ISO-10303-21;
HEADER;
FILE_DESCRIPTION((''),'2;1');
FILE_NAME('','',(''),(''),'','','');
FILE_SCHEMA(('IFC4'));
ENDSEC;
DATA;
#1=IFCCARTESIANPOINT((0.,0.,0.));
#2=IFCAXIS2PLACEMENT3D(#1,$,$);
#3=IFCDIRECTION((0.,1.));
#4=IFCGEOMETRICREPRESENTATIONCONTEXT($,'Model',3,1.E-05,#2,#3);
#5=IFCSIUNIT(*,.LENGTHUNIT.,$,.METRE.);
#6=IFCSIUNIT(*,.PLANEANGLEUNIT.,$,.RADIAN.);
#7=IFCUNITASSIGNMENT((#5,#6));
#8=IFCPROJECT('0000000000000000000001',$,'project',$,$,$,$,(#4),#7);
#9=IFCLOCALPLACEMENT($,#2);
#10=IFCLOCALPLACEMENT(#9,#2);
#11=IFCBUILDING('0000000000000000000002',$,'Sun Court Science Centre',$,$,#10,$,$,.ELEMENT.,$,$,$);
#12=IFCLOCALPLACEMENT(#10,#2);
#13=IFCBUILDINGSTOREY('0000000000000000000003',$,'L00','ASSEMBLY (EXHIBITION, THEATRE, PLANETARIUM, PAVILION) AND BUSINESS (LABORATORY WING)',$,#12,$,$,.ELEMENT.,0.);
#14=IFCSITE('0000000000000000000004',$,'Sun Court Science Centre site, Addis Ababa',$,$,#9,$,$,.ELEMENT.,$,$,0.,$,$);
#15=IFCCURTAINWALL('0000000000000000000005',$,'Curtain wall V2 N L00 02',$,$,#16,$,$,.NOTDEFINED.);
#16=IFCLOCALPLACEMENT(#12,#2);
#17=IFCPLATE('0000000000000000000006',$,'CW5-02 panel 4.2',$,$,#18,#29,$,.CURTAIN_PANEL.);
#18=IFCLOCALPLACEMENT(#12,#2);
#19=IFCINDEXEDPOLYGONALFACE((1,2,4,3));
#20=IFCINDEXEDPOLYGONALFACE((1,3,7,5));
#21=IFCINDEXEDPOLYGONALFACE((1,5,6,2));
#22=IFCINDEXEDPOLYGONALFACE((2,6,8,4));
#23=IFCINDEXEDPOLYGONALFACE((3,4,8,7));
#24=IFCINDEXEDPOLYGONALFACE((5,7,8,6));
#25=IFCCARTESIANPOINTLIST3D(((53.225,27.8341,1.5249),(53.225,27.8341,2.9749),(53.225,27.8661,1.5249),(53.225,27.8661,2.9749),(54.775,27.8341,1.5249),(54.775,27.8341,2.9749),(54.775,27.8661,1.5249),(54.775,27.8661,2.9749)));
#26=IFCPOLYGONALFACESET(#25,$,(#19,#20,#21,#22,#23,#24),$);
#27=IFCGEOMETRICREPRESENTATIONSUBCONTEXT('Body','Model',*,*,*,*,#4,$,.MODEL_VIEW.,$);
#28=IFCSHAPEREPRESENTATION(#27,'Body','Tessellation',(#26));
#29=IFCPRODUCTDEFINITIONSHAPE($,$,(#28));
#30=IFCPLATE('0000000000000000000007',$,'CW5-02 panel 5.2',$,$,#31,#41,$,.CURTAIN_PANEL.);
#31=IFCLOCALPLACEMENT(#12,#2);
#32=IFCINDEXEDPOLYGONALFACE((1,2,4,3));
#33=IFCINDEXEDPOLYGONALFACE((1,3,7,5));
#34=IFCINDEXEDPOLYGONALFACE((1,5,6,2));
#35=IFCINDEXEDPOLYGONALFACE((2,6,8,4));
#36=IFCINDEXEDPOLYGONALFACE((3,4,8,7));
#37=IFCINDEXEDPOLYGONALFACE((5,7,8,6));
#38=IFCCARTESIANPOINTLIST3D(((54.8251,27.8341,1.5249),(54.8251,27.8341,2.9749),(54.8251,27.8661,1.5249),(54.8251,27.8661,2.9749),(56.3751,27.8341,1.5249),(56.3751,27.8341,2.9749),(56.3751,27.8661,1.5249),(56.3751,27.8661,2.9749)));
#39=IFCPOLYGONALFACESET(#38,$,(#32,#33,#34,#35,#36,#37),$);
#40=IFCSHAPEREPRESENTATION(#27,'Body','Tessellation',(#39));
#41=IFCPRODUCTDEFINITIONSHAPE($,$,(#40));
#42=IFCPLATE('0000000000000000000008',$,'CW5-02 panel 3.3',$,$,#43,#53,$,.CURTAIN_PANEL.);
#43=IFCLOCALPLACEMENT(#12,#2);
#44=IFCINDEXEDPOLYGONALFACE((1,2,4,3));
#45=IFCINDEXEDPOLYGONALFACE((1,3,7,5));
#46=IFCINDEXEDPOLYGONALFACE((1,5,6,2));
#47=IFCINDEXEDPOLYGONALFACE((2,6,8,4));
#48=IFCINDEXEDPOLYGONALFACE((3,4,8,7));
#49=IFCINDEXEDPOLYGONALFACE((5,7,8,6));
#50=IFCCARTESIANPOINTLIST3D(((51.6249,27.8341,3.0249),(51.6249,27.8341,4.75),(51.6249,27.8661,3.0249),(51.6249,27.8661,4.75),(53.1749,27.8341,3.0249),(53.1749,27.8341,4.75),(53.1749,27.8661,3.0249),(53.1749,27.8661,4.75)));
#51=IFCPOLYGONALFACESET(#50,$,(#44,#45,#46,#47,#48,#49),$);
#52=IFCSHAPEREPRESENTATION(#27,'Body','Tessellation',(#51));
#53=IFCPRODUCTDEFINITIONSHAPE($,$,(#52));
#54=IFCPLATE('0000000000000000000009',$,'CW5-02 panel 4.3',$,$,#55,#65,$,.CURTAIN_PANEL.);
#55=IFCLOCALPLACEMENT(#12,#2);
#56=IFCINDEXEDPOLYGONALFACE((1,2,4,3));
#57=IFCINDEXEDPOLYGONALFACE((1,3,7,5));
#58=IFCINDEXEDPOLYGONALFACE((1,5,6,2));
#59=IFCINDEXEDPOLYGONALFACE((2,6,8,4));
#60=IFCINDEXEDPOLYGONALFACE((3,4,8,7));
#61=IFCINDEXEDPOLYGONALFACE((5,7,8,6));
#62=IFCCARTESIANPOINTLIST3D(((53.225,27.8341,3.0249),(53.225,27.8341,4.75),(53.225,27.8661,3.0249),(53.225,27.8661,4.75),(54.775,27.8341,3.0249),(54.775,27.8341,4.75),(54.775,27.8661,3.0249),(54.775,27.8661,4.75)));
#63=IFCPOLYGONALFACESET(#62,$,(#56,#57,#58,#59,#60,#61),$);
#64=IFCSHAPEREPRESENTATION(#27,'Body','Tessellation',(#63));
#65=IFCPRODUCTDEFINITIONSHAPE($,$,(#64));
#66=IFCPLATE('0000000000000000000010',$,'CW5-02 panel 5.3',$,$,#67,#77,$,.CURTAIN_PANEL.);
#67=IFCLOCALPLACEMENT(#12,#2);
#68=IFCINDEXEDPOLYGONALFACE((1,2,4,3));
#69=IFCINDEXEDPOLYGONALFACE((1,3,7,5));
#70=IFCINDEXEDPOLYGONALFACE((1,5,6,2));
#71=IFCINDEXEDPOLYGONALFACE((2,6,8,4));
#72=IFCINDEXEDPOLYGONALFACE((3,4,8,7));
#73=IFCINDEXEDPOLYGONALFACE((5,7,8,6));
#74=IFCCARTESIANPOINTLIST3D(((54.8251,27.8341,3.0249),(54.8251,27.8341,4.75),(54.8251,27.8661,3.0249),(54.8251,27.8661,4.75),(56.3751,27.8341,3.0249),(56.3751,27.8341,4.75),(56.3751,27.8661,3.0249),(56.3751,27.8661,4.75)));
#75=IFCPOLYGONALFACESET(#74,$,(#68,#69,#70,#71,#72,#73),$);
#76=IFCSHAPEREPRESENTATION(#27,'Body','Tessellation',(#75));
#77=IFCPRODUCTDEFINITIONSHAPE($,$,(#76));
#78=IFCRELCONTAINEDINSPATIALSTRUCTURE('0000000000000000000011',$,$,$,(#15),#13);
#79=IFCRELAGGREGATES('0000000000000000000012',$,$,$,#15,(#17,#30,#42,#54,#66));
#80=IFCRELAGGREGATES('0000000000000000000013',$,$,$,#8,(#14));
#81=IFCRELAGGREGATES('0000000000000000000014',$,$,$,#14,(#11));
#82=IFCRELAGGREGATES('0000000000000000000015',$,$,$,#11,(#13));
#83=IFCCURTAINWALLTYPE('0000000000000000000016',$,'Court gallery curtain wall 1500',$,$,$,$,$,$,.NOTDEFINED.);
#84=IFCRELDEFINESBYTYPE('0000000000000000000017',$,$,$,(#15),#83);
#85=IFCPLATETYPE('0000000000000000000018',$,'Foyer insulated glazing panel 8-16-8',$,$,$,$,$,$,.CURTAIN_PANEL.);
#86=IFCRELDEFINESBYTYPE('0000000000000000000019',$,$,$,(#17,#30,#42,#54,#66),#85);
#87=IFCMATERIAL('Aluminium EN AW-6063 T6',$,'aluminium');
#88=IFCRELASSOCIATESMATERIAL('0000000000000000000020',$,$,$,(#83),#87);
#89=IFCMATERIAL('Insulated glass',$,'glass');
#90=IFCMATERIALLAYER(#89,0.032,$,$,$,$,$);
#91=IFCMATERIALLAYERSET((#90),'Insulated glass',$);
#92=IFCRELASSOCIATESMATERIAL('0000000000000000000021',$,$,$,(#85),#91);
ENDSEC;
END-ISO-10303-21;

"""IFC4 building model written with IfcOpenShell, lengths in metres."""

from ifc_helpers import new_model, si_unit, direction, frame, origin, origin_2d, place, context, subcontext, project, spatial, rectangle, extrude, material, layer, layer_set, type_object, element, aggregate, save


model = new_model("IFC4")

# Units and contexts
model_context = context("Model", 3, precision=1e-05, world=origin(), true_north=direction((0.0, 1.0)))
body_context = subcontext(model_context, "Body", "Model", "MODEL_VIEW")
ifc_project = project(units=[si_unit("LENGTHUNIT", "METRE"), si_unit("PLANEANGLEUNIT", "RADIAN")], contexts=[model_context])

# Site, building, storey
site_placement = place(None, origin())
site = spatial("IfcSite", under=ifc_project, at=site_placement, Name="Sun Court Science Centre site, Addis Ababa", CompositionType="ELEMENT", RefElevation=0.0)
building_placement = place(site_placement, origin())
building = spatial("IfcBuilding", under=site, at=building_placement, Name="Sun Court Science Centre", CompositionType="ELEMENT")
storey_placement = place(building_placement, origin())
storey = spatial("IfcBuildingStorey", under=building, at=storey_placement, Name="L00", Description="ASSEMBLY (EXHIBITION, THEATRE, PLANETARIUM, PAVILION) AND BUSINESS (LABORATORY WING)", CompositionType="ELEMENT", Elevation=0.0)

# Curtain wall, plates
ifc_material_1 = material(Name="Aluminium EN AW-6063 T6", Category="aluminium")
curtain_wall_type = type_object("IfcCurtainWallType", Name="Court gallery curtain wall 1500", PredefinedType="NOTDEFINED", material=ifc_material_1)
curtain_wall_placement = place(storey_placement, origin())
curtain_wall = element("IfcCurtainWall", 1, at=curtain_wall_placement, inside=storey, type_object=curtain_wall_type, Name="Curtain wall V2 N L00 02", PredefinedType="NOTDEFINED")
ifc_material_2 = material(Name="Insulated glass", Category="glass")
ifc_layer = layer(ifc_material_2, 0.032)
ifc_layer_set = layer_set([ifc_layer], Name="Insulated glass")
plate_type = type_object("IfcPlateType", Name="Foyer insulated glazing panel 8-16-8", PredefinedType="CURTAIN_PANEL", material=ifc_layer_set)
plate_1_placement = place(storey_placement, frame((54.0, 27.8501, 1.5249), z_axis=(0.0, 0.0, 1.0), x_axis=(1.0, 0.0, 0.0)))
plate_1 = element("IfcPlate", 2, at=plate_1_placement, type_object=plate_type, Name="CW5-02 panel 4.2", PredefinedType="CURTAIN_PANEL", context=body_context, shape_type="SweptSolid", body=[
    extrude(rectangle(XDim=1.55, YDim=0.032, at=origin_2d()), origin(), (0.0, 0.0, 1.0), 1.45),
])
plate_2_placement = place(storey_placement, frame((55.6001, 27.8501, 1.5249), z_axis=(0.0, 0.0, 1.0), x_axis=(1.0, 0.0, 0.0)))
plate_2 = element("IfcPlate", 3, at=plate_2_placement, type_object=plate_type, Name="CW5-02 panel 5.2", PredefinedType="CURTAIN_PANEL", context=body_context, shape_type="SweptSolid", body=[
    extrude(rectangle(XDim=1.55, YDim=0.032, at=origin_2d()), origin(), (0.0, 0.0, 1.0), 1.45),
])
plate_3_placement = place(storey_placement, frame((52.3999, 27.8501, 3.0249), z_axis=(0.0, 0.0, 1.0), x_axis=(1.0, 0.0, 0.0)))
plate_3 = element("IfcPlate", 4, at=plate_3_placement, type_object=plate_type, Name="CW5-02 panel 3.3", PredefinedType="CURTAIN_PANEL", context=body_context, shape_type="SweptSolid", body=[
    extrude(rectangle(XDim=1.55, YDim=0.032, at=origin_2d()), origin(), (0.0, 0.0, 1.0), 1.7251),
])
plate_4_placement = place(storey_placement, frame((54.0, 27.8501, 3.0249), z_axis=(0.0, 0.0, 1.0), x_axis=(1.0, 0.0, 0.0)))
plate_4 = element("IfcPlate", 5, at=plate_4_placement, type_object=plate_type, Name="CW5-02 panel 4.3", PredefinedType="CURTAIN_PANEL", context=body_context, shape_type="SweptSolid", body=[
    extrude(rectangle(XDim=1.55, YDim=0.032, at=origin_2d()), origin(), (0.0, 0.0, 1.0), 1.7251),
])
plate_5_placement = place(storey_placement, frame((55.6001, 27.8501, 3.0249), z_axis=(0.0, 0.0, 1.0), x_axis=(1.0, 0.0, 0.0)))
plate_5 = element("IfcPlate", 6, at=plate_5_placement, type_object=plate_type, Name="CW5-02 panel 5.3", PredefinedType="CURTAIN_PANEL", context=body_context, shape_type="SweptSolid", body=[
    extrude(rectangle(XDim=1.55, YDim=0.032, at=origin_2d()), origin(), (0.0, 0.0, 1.0), 1.7251),
])
aggregate(curtain_wall, [plate_1, plate_2, plate_3, plate_4, plate_5])

save(model, "model.ifc")
